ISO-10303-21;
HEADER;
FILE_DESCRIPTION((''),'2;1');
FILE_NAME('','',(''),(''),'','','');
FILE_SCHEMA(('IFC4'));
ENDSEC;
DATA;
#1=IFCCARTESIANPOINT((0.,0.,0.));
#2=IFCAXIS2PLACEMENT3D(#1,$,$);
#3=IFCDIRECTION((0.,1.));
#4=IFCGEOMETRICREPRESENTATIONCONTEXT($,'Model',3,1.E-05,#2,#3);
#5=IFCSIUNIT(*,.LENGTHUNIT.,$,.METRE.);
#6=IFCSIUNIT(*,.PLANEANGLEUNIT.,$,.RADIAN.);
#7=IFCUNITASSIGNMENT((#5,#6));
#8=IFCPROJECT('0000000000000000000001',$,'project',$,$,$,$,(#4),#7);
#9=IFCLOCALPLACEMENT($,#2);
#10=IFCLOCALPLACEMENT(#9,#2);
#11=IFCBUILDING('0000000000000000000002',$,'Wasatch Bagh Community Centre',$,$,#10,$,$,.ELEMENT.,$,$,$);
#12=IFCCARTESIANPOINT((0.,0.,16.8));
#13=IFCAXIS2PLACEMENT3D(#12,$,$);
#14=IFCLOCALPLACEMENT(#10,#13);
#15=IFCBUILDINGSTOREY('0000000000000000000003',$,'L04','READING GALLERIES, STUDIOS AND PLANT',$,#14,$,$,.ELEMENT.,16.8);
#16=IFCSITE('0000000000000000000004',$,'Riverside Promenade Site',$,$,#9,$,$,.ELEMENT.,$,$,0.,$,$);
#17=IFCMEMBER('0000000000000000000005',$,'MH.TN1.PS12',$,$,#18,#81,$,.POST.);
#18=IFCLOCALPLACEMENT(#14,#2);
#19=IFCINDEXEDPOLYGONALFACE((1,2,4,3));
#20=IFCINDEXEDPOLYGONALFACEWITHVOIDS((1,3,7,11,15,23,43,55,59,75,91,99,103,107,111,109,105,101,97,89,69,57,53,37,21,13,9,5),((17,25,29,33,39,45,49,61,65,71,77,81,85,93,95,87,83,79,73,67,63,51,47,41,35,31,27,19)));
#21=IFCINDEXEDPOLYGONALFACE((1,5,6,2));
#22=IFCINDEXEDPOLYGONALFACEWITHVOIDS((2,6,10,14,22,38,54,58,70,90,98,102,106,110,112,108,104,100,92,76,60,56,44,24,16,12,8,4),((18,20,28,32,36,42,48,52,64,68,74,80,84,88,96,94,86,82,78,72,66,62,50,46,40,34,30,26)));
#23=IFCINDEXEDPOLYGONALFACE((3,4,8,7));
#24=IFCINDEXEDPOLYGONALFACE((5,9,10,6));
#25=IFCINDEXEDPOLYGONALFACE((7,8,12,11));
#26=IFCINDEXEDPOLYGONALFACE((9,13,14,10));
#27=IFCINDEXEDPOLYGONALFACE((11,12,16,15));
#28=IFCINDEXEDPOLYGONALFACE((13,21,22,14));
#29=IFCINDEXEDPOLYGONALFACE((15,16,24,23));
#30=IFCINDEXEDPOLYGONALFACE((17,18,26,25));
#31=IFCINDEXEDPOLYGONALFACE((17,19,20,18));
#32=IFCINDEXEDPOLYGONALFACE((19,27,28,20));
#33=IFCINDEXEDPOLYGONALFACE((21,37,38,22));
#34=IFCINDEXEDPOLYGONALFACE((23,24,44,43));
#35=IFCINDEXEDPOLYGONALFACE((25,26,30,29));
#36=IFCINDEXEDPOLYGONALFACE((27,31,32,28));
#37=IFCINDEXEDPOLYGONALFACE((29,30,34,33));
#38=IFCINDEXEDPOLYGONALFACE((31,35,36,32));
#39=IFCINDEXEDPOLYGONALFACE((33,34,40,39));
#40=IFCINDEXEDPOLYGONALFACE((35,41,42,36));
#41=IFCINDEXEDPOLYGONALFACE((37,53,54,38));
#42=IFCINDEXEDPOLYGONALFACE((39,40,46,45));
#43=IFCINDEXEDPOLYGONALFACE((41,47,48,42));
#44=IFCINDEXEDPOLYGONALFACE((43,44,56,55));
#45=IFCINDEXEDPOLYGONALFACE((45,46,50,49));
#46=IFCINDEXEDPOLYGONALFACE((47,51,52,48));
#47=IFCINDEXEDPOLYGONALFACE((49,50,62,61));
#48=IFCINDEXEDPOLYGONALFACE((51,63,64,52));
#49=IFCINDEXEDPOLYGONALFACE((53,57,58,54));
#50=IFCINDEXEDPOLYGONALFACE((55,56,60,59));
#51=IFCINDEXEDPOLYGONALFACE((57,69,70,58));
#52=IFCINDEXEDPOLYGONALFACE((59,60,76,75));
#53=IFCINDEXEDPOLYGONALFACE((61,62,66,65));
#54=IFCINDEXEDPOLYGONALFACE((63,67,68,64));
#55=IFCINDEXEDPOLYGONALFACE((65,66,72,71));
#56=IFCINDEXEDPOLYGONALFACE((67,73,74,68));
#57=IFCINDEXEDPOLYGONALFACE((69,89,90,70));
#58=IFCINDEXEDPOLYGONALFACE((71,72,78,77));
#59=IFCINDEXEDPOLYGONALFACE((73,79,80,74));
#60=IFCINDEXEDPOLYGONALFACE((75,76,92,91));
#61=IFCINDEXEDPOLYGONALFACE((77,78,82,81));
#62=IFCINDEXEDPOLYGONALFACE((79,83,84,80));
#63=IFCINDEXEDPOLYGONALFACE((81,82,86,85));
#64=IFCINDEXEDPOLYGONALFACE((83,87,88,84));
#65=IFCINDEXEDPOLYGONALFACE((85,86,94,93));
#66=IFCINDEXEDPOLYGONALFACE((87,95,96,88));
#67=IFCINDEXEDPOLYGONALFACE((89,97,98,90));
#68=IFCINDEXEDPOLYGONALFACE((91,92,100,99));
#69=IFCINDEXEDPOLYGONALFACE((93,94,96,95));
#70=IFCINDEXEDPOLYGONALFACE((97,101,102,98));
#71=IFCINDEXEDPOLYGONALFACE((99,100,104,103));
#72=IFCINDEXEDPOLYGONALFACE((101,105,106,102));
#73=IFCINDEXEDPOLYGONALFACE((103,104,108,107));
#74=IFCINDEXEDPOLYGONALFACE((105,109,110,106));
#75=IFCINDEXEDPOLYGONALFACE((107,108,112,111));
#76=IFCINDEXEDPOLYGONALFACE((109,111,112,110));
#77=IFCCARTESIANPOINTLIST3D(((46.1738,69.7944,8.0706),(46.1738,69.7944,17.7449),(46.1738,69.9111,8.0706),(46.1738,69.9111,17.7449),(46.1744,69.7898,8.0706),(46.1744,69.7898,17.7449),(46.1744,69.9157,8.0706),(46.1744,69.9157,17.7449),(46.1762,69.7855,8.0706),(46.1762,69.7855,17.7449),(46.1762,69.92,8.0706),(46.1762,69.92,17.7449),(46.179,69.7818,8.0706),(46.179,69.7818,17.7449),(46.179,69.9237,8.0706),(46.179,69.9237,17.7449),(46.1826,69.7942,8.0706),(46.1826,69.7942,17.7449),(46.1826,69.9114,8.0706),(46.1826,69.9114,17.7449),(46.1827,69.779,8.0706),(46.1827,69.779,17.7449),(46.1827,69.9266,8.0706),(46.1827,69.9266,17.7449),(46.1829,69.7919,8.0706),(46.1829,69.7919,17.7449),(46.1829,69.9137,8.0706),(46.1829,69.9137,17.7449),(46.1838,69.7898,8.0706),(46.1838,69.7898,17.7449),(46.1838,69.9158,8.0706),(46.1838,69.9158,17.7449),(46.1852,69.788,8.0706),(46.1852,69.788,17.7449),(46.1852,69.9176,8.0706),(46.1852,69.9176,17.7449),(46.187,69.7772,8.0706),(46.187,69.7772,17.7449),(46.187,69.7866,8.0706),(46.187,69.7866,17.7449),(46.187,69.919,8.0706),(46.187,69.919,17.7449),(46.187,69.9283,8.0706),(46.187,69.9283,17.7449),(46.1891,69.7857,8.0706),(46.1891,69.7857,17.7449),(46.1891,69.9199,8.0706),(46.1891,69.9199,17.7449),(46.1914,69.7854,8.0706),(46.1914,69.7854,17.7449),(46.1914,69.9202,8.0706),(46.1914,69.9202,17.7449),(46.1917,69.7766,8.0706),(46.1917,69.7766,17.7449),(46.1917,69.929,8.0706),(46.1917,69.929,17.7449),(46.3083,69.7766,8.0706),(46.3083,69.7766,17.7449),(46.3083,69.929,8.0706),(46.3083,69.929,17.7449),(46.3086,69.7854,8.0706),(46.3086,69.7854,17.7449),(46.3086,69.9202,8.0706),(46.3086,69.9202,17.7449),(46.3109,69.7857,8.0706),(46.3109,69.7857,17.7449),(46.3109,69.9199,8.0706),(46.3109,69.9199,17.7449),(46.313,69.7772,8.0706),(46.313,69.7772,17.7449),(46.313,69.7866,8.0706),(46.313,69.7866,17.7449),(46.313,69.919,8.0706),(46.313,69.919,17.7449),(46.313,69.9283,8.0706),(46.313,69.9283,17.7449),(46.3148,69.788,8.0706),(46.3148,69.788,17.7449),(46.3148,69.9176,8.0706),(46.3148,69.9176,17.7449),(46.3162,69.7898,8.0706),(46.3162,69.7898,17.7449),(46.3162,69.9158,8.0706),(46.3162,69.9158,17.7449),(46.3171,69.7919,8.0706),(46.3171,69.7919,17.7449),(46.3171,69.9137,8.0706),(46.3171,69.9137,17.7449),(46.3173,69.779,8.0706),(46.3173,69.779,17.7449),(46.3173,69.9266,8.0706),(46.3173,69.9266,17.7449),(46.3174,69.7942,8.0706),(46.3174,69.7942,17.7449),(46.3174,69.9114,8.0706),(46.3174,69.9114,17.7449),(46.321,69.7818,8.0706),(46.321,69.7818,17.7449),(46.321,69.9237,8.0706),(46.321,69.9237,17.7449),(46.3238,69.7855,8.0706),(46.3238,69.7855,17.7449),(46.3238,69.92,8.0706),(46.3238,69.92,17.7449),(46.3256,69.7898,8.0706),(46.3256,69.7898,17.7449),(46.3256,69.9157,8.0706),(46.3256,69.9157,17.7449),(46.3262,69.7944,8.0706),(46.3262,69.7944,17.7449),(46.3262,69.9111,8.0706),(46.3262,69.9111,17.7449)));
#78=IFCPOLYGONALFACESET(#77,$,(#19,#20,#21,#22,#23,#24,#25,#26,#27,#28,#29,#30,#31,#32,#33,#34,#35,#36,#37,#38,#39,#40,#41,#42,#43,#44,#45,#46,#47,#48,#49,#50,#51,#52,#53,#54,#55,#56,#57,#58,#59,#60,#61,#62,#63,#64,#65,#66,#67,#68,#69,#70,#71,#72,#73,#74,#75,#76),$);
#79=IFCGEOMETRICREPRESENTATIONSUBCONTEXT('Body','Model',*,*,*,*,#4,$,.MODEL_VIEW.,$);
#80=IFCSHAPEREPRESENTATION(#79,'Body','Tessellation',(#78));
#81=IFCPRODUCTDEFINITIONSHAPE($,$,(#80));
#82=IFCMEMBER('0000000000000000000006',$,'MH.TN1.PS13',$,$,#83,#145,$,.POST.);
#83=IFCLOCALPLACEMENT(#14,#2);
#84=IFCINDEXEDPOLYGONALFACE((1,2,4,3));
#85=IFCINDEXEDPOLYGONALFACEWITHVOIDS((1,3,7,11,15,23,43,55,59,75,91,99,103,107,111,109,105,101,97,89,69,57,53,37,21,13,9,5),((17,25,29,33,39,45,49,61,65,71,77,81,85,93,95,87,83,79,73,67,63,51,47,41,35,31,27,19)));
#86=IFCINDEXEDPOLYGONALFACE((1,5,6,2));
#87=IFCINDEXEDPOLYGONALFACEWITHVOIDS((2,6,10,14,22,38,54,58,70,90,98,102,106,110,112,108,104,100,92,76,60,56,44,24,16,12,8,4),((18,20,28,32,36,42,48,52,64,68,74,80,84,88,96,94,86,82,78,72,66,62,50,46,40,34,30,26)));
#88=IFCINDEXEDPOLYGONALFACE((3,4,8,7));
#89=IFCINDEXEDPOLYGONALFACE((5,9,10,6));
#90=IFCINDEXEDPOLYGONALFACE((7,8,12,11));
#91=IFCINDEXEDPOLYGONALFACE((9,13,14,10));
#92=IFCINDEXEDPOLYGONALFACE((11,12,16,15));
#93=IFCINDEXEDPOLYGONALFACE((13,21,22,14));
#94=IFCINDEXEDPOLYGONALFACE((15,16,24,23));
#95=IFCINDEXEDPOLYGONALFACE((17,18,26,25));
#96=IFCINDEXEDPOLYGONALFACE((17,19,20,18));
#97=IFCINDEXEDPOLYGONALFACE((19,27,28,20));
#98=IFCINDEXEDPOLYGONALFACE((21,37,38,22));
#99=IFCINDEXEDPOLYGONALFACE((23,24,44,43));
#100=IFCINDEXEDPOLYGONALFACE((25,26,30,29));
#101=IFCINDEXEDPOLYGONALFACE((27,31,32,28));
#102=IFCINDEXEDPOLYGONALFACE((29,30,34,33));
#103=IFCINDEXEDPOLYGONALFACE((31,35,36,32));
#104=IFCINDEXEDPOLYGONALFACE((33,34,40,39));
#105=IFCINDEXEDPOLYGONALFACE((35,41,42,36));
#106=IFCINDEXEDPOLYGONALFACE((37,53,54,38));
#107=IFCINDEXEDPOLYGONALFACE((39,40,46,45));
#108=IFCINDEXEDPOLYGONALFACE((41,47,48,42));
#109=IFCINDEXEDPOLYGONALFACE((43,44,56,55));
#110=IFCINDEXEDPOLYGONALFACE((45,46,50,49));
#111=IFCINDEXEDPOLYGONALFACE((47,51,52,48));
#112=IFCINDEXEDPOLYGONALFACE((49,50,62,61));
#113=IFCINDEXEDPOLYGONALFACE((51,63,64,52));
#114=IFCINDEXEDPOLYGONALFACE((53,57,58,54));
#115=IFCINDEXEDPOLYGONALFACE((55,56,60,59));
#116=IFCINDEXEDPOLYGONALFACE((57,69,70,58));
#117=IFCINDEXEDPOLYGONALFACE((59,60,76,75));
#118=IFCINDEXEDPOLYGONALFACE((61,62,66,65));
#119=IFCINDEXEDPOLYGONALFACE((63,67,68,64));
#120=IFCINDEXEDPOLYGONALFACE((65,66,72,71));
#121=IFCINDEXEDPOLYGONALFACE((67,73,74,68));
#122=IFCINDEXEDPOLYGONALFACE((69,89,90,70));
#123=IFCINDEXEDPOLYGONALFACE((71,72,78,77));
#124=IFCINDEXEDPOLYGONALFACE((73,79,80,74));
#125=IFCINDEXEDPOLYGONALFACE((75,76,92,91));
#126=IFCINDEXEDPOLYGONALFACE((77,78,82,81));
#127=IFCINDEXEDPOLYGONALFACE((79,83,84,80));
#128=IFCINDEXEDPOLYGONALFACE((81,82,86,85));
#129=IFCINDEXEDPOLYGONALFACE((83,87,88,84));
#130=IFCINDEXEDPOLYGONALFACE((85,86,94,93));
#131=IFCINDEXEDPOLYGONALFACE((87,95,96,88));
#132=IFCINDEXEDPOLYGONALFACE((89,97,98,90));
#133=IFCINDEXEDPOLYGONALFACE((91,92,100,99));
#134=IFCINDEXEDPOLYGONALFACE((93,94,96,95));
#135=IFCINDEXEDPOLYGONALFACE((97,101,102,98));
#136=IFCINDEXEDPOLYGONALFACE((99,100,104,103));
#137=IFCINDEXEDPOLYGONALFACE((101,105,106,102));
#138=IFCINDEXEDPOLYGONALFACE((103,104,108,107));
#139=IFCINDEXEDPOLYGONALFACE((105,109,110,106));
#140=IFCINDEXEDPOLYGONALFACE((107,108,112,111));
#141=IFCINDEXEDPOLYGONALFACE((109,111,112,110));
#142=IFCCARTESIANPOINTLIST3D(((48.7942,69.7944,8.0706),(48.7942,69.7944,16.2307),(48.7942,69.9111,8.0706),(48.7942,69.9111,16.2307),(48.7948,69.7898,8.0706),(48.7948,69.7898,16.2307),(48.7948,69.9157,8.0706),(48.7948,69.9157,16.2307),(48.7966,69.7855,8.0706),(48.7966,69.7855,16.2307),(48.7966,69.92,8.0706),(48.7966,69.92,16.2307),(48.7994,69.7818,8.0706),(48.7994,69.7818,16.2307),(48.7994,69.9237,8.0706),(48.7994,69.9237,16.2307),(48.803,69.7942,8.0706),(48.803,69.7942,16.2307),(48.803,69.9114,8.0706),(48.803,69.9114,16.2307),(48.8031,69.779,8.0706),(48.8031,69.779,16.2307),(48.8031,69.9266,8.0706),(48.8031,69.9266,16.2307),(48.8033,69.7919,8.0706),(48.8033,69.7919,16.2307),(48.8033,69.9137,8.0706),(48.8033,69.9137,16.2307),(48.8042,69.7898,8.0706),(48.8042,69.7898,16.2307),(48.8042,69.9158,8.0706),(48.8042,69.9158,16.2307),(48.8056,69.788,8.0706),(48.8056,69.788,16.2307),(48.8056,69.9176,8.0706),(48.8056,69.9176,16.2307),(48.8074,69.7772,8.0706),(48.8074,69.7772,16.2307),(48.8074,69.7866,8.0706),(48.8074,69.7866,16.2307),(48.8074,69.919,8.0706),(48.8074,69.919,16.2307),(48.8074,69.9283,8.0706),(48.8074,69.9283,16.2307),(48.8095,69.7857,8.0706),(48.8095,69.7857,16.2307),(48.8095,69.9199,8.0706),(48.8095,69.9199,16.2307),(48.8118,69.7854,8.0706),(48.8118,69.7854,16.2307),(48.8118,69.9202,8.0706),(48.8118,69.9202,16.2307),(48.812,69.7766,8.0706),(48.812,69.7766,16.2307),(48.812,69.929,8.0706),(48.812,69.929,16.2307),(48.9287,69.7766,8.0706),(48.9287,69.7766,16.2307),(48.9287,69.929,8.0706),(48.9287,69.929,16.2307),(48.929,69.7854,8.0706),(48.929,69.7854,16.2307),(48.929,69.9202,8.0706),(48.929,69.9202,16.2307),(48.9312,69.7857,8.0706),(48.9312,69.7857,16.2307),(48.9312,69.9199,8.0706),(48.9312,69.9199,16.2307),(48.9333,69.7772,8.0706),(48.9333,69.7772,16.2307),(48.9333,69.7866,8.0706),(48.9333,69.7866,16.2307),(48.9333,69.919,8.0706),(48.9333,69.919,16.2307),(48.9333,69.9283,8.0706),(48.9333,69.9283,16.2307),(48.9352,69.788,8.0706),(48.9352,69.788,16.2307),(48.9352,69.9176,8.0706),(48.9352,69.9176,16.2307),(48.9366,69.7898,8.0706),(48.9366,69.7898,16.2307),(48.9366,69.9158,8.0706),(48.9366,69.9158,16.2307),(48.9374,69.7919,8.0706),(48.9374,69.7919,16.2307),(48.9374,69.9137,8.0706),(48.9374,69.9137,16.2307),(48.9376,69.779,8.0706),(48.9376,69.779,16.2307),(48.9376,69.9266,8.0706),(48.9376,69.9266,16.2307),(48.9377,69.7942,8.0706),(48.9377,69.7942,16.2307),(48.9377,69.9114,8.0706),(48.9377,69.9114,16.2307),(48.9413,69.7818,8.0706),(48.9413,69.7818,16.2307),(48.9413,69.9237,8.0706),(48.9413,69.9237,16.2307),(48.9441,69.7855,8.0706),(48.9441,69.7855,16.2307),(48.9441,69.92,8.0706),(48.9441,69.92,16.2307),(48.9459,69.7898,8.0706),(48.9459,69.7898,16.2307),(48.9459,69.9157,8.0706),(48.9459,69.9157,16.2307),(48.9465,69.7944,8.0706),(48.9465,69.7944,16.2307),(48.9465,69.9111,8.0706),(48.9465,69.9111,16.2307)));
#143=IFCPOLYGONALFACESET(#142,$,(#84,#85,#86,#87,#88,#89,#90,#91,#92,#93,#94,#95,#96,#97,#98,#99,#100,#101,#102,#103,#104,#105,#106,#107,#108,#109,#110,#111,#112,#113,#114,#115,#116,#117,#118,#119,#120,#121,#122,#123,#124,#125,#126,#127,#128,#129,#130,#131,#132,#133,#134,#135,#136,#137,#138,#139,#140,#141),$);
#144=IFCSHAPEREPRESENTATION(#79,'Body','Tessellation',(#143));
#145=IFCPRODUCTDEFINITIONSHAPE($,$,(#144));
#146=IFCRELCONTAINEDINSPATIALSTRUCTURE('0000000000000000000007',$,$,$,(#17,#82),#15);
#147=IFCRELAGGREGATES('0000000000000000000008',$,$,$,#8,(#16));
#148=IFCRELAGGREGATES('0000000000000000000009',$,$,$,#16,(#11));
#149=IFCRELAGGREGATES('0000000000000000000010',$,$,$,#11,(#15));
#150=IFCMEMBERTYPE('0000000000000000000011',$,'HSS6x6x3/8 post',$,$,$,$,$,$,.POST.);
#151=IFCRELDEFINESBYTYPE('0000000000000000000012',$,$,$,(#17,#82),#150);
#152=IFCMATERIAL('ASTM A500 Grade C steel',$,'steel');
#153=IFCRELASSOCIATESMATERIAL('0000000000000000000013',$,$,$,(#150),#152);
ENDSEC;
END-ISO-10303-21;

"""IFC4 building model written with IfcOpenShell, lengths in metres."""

from ifc_helpers import new_model, si_unit, direction, frame, origin, origin_2d, place, context, subcontext, project, spatial, hollow_rectangle, extrude, material, material_profile, profile_set, type_object, element, save


model = new_model("IFC4")

# Units and contexts
model_context = context("Model", 3, precision=1e-05, world=origin(), true_north=direction((0.0, 1.0)))
body_context = subcontext(model_context, "Body", "Model", "MODEL_VIEW")
ifc_project = project(units=[si_unit("LENGTHUNIT", "METRE"), si_unit("PLANEANGLEUNIT", "RADIAN")], contexts=[model_context])

# Site, building, storey
site_placement = place(None, origin())
site = spatial("IfcSite", under=ifc_project, at=site_placement, Name="Riverside Promenade Site", CompositionType="ELEMENT", RefElevation=0.0)
building_placement = place(site_placement, origin())
building = spatial("IfcBuilding", under=site, at=building_placement, Name="Wasatch Bagh Community Centre", CompositionType="ELEMENT")
storey_placement = place(building_placement, frame((0.0, 0.0, 16.8)))
storey = spatial("IfcBuildingStorey", under=building, at=storey_placement, Name="L04", Description="READING GALLERIES, STUDIOS AND PLANT", CompositionType="ELEMENT", Elevation=16.8)

# Members
ifc_material_1 = material(Name="ASTM A500 Grade C steel", Category="steel")
ifc_material_profile_1 = material_profile(ifc_material_1, hollow_rectangle(XDim=0.1523, YDim=0.1523, WallThickness=0.0088, InnerFilletRadius=0.0088, OuterFilletRadius=0.0178, at=origin_2d()), Name="HSS6x6x3/8")
ifc_profile_set_1 = profile_set([ifc_material_profile_1], Name="ASTM A500 Grade C steel")
member_type_1 = type_object("IfcMemberType", Name="HSS6x6x3/8 post", PredefinedType="POST", material=ifc_profile_set_1)
member_1_placement = place(storey_placement, frame((46.25, 69.8528, 8.0706), z_axis=(0.0, 0.0, 1.0), x_axis=(1.0, 0.0, 0.0)))
element("IfcMember", 1, at=member_1_placement, inside=storey, type_object=member_type_1, Name="MH.TN1.PS12", PredefinedType="POST", context=body_context, shape_type="SweptSolid", body=[
    extrude(hollow_rectangle(XDim=0.1523, YDim=0.1523, WallThickness=0.0088, InnerFilletRadius=0.0088, OuterFilletRadius=0.0178, at=origin_2d()), origin(), (0.0, 0.0, 1.0), 9.6743),
])
member_2_placement = place(storey_placement, frame((48.8704, 69.8528, 8.0706), z_axis=(0.0, 0.0, 1.0), x_axis=(1.0, 0.0, 0.0)))
element("IfcMember", 2, at=member_2_placement, inside=storey, type_object=member_type_1, Name="MH.TN1.PS13", PredefinedType="POST", context=body_context, shape_type="SweptSolid", body=[
    extrude(hollow_rectangle(XDim=0.1523, YDim=0.1523, WallThickness=0.0088, InnerFilletRadius=0.0088, OuterFilletRadius=0.0178, at=origin_2d()), origin(), (0.0, 0.0, 1.0), 8.1602),
])

save(model, "model.ifc")
